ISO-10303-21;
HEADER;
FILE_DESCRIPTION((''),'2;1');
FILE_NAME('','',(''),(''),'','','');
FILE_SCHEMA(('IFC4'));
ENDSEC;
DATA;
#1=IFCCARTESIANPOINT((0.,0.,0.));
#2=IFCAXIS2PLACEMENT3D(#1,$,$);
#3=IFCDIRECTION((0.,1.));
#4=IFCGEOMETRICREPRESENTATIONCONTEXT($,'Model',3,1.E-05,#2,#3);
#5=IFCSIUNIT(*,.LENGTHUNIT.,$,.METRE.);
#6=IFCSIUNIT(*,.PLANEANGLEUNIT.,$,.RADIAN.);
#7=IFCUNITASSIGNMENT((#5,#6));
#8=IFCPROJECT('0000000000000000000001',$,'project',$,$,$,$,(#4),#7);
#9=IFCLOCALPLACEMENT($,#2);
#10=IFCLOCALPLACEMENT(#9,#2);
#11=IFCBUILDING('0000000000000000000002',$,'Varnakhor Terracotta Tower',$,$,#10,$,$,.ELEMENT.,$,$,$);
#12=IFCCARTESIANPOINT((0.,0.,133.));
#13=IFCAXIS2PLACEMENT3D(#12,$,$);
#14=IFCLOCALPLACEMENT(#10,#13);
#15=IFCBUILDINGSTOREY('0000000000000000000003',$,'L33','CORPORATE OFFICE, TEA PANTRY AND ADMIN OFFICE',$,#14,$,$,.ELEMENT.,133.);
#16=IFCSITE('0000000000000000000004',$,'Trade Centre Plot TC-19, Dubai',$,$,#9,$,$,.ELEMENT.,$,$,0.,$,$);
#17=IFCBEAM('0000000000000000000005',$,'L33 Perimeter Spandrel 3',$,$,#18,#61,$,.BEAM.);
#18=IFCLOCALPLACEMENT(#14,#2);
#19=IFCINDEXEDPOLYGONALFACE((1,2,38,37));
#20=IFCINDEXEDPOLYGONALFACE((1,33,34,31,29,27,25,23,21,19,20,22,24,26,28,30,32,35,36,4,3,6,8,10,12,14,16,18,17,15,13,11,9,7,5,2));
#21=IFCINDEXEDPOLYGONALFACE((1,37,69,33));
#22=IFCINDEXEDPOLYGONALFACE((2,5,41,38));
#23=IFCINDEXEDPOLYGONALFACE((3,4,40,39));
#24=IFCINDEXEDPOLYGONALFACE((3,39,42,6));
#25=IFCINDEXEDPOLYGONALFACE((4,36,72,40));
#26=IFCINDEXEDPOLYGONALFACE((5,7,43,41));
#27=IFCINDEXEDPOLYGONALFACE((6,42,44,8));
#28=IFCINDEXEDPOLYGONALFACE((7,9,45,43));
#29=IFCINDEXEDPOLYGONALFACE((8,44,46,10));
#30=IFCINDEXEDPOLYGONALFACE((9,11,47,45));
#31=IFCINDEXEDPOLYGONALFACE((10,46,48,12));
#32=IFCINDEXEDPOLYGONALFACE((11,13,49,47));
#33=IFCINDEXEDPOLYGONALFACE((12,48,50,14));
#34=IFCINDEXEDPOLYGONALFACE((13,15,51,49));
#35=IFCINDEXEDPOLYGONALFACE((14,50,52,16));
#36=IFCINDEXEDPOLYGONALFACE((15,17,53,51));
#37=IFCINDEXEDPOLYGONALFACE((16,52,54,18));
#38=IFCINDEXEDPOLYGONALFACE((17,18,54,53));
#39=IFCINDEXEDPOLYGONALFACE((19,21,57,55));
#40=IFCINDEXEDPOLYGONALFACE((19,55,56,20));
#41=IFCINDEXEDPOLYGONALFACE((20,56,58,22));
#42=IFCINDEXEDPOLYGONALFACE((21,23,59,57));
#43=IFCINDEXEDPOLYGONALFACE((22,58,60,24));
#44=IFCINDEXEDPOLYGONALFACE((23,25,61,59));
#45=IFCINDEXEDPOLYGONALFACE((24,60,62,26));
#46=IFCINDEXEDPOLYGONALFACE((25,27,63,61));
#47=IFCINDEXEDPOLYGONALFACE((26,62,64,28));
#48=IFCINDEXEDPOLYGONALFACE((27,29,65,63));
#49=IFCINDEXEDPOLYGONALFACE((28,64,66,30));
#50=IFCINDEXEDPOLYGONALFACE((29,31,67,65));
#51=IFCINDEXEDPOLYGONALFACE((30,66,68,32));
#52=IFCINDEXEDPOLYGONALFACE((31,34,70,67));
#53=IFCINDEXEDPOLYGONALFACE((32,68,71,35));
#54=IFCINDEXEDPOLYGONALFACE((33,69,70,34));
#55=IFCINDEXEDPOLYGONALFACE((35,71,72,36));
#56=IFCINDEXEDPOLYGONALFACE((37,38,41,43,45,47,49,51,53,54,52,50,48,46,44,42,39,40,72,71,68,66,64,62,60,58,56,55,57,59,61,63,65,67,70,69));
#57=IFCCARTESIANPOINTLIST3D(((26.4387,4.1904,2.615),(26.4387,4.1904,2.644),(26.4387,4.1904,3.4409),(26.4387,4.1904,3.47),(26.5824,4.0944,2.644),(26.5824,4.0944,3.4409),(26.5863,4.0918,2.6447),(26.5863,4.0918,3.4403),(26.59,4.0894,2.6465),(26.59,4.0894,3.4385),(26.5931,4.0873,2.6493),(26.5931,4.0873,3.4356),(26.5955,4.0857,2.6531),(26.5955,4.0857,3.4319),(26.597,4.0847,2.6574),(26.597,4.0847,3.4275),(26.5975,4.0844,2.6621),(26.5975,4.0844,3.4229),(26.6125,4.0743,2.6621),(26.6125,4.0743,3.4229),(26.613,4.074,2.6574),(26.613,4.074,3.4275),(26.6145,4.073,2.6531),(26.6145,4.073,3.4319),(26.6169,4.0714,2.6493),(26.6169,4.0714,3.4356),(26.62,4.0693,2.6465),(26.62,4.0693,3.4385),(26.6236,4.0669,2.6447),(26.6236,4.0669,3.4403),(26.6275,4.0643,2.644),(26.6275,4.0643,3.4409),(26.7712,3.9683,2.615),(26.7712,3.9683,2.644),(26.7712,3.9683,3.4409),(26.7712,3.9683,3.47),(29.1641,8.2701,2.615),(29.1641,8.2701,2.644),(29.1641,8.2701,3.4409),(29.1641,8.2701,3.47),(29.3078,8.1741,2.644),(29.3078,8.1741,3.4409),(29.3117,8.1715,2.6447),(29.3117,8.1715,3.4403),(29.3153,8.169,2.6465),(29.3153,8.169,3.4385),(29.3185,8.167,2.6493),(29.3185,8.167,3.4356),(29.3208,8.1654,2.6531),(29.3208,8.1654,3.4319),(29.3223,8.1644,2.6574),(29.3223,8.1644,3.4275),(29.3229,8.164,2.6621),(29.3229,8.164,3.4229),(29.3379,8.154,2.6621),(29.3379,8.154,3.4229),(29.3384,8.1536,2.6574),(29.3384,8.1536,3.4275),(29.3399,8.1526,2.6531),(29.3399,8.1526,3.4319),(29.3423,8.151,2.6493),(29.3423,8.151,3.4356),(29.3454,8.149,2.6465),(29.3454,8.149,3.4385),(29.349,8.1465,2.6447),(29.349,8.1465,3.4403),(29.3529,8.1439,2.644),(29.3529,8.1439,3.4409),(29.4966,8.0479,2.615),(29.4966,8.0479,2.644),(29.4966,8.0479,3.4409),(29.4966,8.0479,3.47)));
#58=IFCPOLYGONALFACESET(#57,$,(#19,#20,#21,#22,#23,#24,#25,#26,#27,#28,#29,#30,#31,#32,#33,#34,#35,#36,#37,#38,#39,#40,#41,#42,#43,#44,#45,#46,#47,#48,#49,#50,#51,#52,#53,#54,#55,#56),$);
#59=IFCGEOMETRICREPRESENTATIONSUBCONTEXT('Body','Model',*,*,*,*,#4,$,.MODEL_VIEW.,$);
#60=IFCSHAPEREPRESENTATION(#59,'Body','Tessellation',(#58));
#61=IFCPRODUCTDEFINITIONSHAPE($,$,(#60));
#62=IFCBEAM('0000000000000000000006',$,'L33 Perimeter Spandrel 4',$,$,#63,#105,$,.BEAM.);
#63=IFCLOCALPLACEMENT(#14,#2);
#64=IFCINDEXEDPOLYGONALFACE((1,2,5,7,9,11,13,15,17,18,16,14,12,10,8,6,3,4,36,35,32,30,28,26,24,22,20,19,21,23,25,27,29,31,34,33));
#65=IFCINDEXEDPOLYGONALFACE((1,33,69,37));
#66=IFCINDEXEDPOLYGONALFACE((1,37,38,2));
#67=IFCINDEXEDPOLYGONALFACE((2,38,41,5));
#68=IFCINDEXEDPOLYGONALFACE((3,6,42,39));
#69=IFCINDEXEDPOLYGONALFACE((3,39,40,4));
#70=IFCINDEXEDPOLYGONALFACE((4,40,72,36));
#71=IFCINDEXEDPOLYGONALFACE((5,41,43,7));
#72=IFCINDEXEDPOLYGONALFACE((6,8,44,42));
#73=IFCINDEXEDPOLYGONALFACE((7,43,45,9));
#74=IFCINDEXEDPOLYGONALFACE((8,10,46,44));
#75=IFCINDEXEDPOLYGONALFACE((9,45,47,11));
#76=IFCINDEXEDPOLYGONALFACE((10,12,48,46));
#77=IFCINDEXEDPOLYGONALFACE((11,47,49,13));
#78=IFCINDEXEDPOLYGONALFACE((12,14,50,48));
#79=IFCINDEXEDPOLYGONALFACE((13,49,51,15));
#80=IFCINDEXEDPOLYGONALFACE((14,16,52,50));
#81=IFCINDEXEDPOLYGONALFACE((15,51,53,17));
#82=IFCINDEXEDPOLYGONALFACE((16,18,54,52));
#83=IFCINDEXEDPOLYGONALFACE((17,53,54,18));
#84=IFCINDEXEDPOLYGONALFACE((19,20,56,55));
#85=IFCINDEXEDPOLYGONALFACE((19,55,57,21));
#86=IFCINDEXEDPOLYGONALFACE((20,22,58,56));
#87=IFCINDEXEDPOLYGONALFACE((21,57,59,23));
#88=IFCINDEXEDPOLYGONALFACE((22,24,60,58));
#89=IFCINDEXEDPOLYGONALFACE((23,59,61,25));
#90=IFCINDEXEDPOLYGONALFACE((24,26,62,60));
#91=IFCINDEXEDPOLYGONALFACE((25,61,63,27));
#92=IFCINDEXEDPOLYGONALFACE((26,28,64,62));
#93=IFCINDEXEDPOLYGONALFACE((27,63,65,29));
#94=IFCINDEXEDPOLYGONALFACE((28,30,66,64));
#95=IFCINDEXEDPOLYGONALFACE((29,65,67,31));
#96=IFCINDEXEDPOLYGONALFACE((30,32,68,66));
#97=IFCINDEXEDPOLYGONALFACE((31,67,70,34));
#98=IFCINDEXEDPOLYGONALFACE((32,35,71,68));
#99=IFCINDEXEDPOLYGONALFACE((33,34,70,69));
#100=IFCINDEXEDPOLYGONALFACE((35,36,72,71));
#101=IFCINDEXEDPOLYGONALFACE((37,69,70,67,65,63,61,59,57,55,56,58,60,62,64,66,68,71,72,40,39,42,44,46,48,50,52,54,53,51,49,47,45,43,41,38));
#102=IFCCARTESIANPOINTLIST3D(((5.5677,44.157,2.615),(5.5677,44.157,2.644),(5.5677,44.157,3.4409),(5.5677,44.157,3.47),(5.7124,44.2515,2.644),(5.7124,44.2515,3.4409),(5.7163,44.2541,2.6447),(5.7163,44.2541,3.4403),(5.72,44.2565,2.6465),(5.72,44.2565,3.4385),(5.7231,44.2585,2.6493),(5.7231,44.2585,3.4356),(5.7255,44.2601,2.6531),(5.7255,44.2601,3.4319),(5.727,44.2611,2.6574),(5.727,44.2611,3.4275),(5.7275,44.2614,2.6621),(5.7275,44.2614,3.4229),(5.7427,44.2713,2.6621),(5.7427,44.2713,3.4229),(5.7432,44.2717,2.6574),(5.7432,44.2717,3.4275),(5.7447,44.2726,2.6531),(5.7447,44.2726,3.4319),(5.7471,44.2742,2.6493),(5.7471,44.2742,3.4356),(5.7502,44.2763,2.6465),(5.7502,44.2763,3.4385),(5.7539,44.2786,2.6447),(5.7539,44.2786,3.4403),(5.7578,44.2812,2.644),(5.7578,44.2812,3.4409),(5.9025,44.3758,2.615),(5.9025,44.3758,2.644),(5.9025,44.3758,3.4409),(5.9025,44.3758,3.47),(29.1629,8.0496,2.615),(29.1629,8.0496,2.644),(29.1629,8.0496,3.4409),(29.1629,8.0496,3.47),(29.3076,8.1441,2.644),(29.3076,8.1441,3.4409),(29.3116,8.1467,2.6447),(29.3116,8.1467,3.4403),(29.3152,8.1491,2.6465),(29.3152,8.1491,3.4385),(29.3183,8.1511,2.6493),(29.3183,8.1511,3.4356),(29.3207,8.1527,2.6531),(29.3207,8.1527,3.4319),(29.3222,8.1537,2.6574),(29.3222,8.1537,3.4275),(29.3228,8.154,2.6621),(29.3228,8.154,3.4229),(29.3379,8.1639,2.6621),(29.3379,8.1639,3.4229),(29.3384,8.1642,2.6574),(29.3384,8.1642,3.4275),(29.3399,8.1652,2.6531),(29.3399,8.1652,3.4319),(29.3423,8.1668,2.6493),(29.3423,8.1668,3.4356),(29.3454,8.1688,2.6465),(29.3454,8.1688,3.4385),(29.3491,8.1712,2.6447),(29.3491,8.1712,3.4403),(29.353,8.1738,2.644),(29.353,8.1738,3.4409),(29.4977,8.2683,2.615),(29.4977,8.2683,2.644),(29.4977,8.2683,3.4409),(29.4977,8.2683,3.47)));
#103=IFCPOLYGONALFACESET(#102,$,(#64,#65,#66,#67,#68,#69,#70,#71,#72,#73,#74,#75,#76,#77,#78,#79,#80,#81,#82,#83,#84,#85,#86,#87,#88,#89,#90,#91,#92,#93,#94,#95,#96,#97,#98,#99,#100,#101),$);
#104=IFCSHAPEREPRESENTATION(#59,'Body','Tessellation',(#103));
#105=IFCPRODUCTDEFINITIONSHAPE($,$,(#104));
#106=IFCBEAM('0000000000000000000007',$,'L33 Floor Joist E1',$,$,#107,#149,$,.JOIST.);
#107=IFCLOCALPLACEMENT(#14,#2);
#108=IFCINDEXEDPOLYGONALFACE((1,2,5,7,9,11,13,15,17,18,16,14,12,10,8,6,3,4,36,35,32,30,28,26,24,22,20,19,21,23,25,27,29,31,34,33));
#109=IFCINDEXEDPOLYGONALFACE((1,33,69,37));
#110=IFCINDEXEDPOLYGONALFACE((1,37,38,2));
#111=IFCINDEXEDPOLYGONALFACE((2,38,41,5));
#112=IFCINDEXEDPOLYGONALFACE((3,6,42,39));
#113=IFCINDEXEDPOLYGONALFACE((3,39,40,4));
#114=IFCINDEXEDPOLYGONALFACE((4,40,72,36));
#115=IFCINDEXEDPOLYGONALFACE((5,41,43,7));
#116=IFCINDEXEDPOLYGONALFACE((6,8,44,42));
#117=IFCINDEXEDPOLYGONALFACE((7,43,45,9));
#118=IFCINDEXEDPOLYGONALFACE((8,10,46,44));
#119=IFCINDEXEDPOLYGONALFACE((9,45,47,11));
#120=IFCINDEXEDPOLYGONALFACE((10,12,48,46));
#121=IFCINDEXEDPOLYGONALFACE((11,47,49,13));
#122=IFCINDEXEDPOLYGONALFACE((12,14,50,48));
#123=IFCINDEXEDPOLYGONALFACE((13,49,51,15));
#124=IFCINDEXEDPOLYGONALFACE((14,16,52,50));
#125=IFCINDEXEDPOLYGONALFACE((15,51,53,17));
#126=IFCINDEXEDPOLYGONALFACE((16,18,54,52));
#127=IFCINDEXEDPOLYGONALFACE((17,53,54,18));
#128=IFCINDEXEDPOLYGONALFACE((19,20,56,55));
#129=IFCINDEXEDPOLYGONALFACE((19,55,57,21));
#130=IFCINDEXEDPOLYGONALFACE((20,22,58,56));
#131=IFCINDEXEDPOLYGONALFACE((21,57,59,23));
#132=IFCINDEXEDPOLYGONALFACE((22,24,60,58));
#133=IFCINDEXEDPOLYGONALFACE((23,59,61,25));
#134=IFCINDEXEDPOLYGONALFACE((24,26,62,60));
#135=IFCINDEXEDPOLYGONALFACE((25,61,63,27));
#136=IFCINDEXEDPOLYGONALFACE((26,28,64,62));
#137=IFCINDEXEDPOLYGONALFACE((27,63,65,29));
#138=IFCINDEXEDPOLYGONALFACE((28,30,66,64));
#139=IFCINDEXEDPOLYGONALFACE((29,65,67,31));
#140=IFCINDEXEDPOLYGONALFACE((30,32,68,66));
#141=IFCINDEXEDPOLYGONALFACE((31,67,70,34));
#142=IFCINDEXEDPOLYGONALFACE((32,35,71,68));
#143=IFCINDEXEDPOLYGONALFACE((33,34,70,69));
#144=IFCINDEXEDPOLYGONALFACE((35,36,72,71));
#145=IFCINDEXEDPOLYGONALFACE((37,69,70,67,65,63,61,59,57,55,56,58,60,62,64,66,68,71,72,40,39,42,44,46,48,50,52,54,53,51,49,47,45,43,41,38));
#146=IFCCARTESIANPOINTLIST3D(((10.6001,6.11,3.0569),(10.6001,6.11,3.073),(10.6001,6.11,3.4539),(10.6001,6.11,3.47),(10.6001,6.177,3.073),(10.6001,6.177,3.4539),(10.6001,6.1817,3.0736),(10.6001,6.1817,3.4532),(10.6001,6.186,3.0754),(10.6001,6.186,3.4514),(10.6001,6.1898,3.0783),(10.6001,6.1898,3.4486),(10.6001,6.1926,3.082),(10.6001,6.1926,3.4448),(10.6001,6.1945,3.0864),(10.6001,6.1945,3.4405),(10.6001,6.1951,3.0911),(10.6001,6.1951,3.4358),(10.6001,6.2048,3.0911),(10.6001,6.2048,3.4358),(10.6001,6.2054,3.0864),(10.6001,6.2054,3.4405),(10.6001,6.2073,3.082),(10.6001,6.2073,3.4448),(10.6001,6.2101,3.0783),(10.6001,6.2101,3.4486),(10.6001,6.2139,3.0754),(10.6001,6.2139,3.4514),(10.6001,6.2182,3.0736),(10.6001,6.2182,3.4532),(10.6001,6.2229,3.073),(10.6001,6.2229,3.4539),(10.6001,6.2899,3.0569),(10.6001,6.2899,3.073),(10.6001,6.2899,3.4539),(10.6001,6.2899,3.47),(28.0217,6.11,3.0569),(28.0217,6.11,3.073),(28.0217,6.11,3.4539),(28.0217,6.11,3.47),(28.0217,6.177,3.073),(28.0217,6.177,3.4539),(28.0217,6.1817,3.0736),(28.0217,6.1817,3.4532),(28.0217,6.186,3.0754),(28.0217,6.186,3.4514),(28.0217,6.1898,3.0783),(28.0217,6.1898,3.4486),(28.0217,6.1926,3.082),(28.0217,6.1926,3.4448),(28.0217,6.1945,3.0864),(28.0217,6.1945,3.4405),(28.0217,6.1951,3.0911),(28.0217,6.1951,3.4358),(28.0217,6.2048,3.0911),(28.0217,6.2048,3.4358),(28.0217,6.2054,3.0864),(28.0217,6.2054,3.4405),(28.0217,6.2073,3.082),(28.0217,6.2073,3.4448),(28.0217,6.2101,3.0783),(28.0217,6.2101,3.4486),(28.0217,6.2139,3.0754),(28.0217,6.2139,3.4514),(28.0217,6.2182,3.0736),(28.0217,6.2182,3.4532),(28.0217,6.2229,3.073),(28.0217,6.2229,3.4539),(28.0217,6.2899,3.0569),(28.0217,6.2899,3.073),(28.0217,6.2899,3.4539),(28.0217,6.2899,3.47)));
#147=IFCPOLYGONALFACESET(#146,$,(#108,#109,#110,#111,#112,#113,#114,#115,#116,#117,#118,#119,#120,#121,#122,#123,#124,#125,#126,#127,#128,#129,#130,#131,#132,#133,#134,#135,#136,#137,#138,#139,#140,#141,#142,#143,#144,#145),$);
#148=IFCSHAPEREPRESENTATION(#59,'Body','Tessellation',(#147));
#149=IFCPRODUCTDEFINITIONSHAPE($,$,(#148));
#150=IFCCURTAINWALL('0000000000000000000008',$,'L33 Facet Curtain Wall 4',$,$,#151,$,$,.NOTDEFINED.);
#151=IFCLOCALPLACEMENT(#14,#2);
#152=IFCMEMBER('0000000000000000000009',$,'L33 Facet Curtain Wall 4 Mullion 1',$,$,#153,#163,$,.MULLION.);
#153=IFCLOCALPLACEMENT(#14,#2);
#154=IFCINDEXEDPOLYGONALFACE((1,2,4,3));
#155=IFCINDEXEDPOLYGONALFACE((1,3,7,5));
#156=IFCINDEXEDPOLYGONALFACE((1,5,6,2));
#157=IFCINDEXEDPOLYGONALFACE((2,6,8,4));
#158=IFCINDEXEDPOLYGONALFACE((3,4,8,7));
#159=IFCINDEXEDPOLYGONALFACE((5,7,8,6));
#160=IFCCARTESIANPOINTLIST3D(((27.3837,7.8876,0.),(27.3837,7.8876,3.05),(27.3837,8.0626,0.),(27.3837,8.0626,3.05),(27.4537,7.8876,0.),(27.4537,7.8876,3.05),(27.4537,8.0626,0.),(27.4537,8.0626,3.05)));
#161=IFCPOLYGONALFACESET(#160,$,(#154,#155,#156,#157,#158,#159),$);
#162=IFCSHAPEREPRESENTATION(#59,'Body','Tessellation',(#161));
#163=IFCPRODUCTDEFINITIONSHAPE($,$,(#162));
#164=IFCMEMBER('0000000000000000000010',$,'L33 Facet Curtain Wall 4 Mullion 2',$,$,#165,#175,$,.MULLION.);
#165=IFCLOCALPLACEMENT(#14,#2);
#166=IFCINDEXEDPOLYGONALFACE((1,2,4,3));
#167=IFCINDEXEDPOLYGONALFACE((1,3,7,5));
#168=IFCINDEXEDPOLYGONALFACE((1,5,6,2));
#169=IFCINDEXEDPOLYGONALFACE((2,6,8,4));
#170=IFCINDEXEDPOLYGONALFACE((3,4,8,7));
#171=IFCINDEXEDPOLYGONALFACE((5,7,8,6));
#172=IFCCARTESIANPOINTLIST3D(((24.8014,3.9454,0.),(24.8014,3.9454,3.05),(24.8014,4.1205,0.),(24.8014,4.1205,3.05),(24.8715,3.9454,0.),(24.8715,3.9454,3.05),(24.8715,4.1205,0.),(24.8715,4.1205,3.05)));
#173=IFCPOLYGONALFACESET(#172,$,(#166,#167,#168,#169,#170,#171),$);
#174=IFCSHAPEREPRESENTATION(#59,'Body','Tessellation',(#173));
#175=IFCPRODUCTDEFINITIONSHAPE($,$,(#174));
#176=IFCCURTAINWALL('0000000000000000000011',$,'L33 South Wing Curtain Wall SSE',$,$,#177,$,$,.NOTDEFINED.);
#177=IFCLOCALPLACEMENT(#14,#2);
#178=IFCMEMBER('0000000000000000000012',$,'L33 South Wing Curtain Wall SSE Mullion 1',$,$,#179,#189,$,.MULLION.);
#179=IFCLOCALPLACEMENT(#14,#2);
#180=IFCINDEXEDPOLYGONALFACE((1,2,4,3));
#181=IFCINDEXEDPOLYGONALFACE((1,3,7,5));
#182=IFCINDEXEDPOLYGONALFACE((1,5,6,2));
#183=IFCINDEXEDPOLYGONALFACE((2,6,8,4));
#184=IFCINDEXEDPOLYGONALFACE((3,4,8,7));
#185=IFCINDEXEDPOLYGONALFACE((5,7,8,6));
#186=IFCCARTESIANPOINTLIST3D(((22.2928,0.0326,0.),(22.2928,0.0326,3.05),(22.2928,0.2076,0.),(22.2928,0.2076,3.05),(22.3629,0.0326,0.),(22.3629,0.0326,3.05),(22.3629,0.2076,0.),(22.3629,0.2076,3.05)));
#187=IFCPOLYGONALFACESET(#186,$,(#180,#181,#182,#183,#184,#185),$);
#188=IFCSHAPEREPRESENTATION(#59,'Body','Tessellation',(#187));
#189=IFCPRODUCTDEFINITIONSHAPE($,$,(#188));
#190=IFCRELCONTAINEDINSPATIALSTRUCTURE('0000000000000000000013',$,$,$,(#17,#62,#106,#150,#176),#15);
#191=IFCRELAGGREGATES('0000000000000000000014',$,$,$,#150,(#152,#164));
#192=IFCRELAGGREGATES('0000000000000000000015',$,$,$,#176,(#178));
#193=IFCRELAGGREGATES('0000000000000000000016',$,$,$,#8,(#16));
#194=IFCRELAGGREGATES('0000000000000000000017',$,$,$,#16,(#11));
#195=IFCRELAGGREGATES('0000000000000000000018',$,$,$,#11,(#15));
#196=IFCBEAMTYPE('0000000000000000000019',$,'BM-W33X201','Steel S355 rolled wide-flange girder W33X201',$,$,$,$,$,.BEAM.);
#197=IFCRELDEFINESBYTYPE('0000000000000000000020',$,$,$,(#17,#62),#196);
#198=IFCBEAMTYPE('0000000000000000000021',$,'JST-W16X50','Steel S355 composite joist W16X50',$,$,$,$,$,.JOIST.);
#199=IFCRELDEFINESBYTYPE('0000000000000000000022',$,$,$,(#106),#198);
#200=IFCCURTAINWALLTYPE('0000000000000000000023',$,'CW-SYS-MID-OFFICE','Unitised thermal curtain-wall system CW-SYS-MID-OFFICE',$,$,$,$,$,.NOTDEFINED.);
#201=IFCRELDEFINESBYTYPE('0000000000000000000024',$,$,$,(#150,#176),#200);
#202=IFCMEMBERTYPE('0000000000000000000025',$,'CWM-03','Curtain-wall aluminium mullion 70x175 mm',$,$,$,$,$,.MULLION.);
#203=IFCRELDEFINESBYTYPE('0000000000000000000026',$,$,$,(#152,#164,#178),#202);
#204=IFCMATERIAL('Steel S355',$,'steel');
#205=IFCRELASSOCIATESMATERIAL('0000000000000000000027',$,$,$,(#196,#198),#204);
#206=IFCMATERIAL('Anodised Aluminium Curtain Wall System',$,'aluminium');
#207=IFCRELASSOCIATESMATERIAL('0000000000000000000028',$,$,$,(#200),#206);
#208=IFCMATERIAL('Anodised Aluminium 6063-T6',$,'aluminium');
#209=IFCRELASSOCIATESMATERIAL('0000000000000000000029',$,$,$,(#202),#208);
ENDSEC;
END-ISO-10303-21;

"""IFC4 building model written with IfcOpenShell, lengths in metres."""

from ifc_helpers import new_model, si_unit, direction, frame, origin, origin_2d, place, context, subcontext, project, spatial, rectangle, i_section, extrude, source, transform, mapped, material, material_profile, profile_set, type_object, element, aggregate, save


model = new_model("IFC4")

# Units and contexts
model_context = context("Model", 3, precision=1e-05, world=origin(), true_north=direction((0.0, 1.0)))
body_context = subcontext(model_context, "Body", "Model", "MODEL_VIEW")
ifc_project = project(units=[si_unit("LENGTHUNIT", "METRE"), si_unit("PLANEANGLEUNIT", "RADIAN")], contexts=[model_context])

# Site, building, storey
site_placement = place(None, origin())
site = spatial("IfcSite", under=ifc_project, at=site_placement, Name="Trade Centre Plot TC-19, Dubai", CompositionType="ELEMENT", RefElevation=0.0)
building_placement = place(site_placement, origin())
building = spatial("IfcBuilding", under=site, at=building_placement, Name="Varnakhor Terracotta Tower", CompositionType="ELEMENT")
storey_placement = place(building_placement, frame((0.0, 0.0, 133.0)))
storey = spatial("IfcBuildingStorey", under=building, at=storey_placement, Name="L33", Description="CORPORATE OFFICE, TEA PANTRY AND ADMIN OFFICE", CompositionType="ELEMENT", Elevation=133.0)

# Beams
ifc_material_1 = material(Name="Steel S355", Category="steel")
ifc_material_profile_1 = material_profile(ifc_material_1, i_section(OverallWidth=0.3999, OverallDepth=0.855, WebThickness=0.0181, FlangeThickness=0.0291, FilletRadius=0.0181, at=origin_2d()), Name="W33X201")
ifc_profile_set_1 = profile_set([ifc_material_profile_1], Name="Steel S355")
beam_type_1 = type_object("IfcBeamType", Name="BM-W33X201", Description="Steel S355 rolled wide-flange girder W33X201", PredefinedType="BEAM", material=ifc_profile_set_1)
shared_shape_1 = source(origin(), body_context, "Body", "SweptSolid", [
    extrude(i_section(OverallWidth=0.3999, OverallDepth=0.855, WebThickness=0.0181, FlangeThickness=0.0291, FilletRadius=0.0181, at=origin_2d()), origin(), (0.0, 0.0, 1.0), 4.9062),
])
beam_1_placement = place(storey_placement, frame((26.605, 4.0793, 3.0425), z_axis=(0.555492, 0.831522, 0.0), x_axis=(-0.831522, 0.555492, 0.0)))
element("IfcBeam", 1, at=beam_1_placement, inside=storey, type_object=beam_type_1, Name="L33 Perimeter Spandrel 3", PredefinedType="BEAM", context=body_context, shape_type="MappedRepresentation", body=[
    mapped(shared_shape_1, transform((0.0, 0.0, 0.0), scale=1.0)),
])
shared_shape_2 = source(origin(), body_context, "Body", "SweptSolid", [
    extrude(i_section(OverallWidth=0.3999, OverallDepth=0.855, WebThickness=0.0181, FlangeThickness=0.0291, FilletRadius=0.0181, at=origin_2d()), origin(), (0.0, 0.0, 1.0), 43.1333),
])
beam_2_placement = place(storey_placement, frame((29.3303, 8.1589, 3.0425), z_axis=(-0.54703, 0.837113, 0.0), x_axis=(-0.837113, -0.54703, 0.0)))
element("IfcBeam", 2, at=beam_2_placement, inside=storey, type_object=beam_type_1, Name="L33 Perimeter Spandrel 4", PredefinedType="BEAM", context=body_context, shape_type="MappedRepresentation", body=[
    mapped(shared_shape_2, transform((0.0, 0.0, 0.0), scale=1.0)),
])
ifc_material_profile_2 = material_profile(ifc_material_1, i_section(OverallWidth=0.1799, OverallDepth=0.4131, WebThickness=0.0098, FlangeThickness=0.0161, FilletRadius=0.0181, at=origin_2d()), Name="W16X50")
ifc_profile_set_2 = profile_set([ifc_material_profile_2], Name="Steel S355")
beam_type_2 = type_object("IfcBeamType", Name="JST-W16X50", Description="Steel S355 composite joist W16X50", PredefinedType="JOIST", material=ifc_profile_set_2)
shared_shape_3 = source(origin(), body_context, "Body", "SweptSolid", [
    extrude(i_section(OverallWidth=0.1799, OverallDepth=0.4131, WebThickness=0.0098, FlangeThickness=0.0161, FilletRadius=0.0181, at=origin_2d()), origin(), (0.0, 0.0, 1.0), 17.4216),
])
beam_3_placement = place(storey_placement, frame((10.6001, 6.2, 3.2634), z_axis=(1.0, 0.0, 0.0), x_axis=(0.0, 1.0, 0.0)))
element("IfcBeam", 3, at=beam_3_placement, inside=storey, type_object=beam_type_2, Name="L33 Floor Joist E1", PredefinedType="JOIST", context=body_context, shape_type="MappedRepresentation", body=[
    mapped(shared_shape_3, transform((0.0, 0.0, 0.0), scale=1.0)),
])

# Curtain walls, members
ifc_material_2 = material(Name="Anodised Aluminium Curtain Wall System", Category="aluminium")
curtain_wall_type = type_object("IfcCurtainWallType", Name="CW-SYS-MID-OFFICE", Description="Unitised thermal curtain-wall system CW-SYS-MID-OFFICE", PredefinedType="NOTDEFINED", material=ifc_material_2)
curtain_wall_1_placement = place(storey_placement, origin())
curtain_wall_1 = element("IfcCurtainWall", 4, at=curtain_wall_1_placement, inside=storey, type_object=curtain_wall_type, Name="L33 Facet Curtain Wall 4", PredefinedType="NOTDEFINED")
ifc_material_3 = material(Name="Anodised Aluminium 6063-T6", Category="aluminium")
ifc_material_profile_3 = material_profile(ifc_material_3, rectangle(XDim=0.0701, YDim=0.175, at=origin_2d()), Name="ALU MULLION 70x175")
ifc_profile_set_3 = profile_set([ifc_material_profile_3], Name="Anodised Aluminium 6063-T6")
member_type_1 = type_object("IfcMemberType", Name="CWM-03", Description="Curtain-wall aluminium mullion 70x175 mm", PredefinedType="MULLION", material=ifc_profile_set_3)
shared_shape_4 = source(origin(), body_context, "Body", "SweptSolid", [
    extrude(rectangle(XDim=0.0701, YDim=0.175, at=origin_2d()), origin(), (0.0, 0.0, 1.0), 3.05),
])
member_1_placement = place(storey_placement, frame((27.4187, 7.9751, 0.0), z_axis=(0.0, 0.0, 1.0), x_axis=(1.0, 0.0, 0.0)))
member_1 = element("IfcMember", 5, at=member_1_placement, type_object=member_type_1, Name="L33 Facet Curtain Wall 4 Mullion 1", PredefinedType="MULLION", context=body_context, shape_type="MappedRepresentation", body=[
    mapped(shared_shape_4, transform((0.0, 0.0, 0.0), scale=1.0)),
])
member_2_placement = place(storey_placement, frame((24.8364, 4.033, 0.0), z_axis=(0.0, 0.0, 1.0), x_axis=(1.0, 0.0, 0.0)))
member_2 = element("IfcMember", 6, at=member_2_placement, type_object=member_type_1, Name="L33 Facet Curtain Wall 4 Mullion 2", PredefinedType="MULLION", context=body_context, shape_type="MappedRepresentation", body=[
    mapped(shared_shape_4, transform((0.0, 0.0, 0.0), scale=1.0)),
])
curtain_wall_2_placement = place(storey_placement, origin())
curtain_wall_2 = element("IfcCurtainWall", 7, at=curtain_wall_2_placement, inside=storey, type_object=curtain_wall_type, Name="L33 South Wing Curtain Wall SSE", PredefinedType="NOTDEFINED")
member_3_placement = place(storey_placement, frame((22.3279, 0.1201, 0.0), z_axis=(0.0, 0.0, 1.0), x_axis=(1.0, 0.0, 0.0)))
member_3 = element("IfcMember", 8, at=member_3_placement, type_object=member_type_1, Name="L33 South Wing Curtain Wall SSE Mullion 1", PredefinedType="MULLION", context=body_context, shape_type="MappedRepresentation", body=[
    mapped(shared_shape_4, transform((0.0, 0.0, 0.0), scale=1.0)),
])

aggregate(curtain_wall_1, [member_1, member_2])
aggregate(curtain_wall_2, [member_3])

save(model, "model.ifc")
